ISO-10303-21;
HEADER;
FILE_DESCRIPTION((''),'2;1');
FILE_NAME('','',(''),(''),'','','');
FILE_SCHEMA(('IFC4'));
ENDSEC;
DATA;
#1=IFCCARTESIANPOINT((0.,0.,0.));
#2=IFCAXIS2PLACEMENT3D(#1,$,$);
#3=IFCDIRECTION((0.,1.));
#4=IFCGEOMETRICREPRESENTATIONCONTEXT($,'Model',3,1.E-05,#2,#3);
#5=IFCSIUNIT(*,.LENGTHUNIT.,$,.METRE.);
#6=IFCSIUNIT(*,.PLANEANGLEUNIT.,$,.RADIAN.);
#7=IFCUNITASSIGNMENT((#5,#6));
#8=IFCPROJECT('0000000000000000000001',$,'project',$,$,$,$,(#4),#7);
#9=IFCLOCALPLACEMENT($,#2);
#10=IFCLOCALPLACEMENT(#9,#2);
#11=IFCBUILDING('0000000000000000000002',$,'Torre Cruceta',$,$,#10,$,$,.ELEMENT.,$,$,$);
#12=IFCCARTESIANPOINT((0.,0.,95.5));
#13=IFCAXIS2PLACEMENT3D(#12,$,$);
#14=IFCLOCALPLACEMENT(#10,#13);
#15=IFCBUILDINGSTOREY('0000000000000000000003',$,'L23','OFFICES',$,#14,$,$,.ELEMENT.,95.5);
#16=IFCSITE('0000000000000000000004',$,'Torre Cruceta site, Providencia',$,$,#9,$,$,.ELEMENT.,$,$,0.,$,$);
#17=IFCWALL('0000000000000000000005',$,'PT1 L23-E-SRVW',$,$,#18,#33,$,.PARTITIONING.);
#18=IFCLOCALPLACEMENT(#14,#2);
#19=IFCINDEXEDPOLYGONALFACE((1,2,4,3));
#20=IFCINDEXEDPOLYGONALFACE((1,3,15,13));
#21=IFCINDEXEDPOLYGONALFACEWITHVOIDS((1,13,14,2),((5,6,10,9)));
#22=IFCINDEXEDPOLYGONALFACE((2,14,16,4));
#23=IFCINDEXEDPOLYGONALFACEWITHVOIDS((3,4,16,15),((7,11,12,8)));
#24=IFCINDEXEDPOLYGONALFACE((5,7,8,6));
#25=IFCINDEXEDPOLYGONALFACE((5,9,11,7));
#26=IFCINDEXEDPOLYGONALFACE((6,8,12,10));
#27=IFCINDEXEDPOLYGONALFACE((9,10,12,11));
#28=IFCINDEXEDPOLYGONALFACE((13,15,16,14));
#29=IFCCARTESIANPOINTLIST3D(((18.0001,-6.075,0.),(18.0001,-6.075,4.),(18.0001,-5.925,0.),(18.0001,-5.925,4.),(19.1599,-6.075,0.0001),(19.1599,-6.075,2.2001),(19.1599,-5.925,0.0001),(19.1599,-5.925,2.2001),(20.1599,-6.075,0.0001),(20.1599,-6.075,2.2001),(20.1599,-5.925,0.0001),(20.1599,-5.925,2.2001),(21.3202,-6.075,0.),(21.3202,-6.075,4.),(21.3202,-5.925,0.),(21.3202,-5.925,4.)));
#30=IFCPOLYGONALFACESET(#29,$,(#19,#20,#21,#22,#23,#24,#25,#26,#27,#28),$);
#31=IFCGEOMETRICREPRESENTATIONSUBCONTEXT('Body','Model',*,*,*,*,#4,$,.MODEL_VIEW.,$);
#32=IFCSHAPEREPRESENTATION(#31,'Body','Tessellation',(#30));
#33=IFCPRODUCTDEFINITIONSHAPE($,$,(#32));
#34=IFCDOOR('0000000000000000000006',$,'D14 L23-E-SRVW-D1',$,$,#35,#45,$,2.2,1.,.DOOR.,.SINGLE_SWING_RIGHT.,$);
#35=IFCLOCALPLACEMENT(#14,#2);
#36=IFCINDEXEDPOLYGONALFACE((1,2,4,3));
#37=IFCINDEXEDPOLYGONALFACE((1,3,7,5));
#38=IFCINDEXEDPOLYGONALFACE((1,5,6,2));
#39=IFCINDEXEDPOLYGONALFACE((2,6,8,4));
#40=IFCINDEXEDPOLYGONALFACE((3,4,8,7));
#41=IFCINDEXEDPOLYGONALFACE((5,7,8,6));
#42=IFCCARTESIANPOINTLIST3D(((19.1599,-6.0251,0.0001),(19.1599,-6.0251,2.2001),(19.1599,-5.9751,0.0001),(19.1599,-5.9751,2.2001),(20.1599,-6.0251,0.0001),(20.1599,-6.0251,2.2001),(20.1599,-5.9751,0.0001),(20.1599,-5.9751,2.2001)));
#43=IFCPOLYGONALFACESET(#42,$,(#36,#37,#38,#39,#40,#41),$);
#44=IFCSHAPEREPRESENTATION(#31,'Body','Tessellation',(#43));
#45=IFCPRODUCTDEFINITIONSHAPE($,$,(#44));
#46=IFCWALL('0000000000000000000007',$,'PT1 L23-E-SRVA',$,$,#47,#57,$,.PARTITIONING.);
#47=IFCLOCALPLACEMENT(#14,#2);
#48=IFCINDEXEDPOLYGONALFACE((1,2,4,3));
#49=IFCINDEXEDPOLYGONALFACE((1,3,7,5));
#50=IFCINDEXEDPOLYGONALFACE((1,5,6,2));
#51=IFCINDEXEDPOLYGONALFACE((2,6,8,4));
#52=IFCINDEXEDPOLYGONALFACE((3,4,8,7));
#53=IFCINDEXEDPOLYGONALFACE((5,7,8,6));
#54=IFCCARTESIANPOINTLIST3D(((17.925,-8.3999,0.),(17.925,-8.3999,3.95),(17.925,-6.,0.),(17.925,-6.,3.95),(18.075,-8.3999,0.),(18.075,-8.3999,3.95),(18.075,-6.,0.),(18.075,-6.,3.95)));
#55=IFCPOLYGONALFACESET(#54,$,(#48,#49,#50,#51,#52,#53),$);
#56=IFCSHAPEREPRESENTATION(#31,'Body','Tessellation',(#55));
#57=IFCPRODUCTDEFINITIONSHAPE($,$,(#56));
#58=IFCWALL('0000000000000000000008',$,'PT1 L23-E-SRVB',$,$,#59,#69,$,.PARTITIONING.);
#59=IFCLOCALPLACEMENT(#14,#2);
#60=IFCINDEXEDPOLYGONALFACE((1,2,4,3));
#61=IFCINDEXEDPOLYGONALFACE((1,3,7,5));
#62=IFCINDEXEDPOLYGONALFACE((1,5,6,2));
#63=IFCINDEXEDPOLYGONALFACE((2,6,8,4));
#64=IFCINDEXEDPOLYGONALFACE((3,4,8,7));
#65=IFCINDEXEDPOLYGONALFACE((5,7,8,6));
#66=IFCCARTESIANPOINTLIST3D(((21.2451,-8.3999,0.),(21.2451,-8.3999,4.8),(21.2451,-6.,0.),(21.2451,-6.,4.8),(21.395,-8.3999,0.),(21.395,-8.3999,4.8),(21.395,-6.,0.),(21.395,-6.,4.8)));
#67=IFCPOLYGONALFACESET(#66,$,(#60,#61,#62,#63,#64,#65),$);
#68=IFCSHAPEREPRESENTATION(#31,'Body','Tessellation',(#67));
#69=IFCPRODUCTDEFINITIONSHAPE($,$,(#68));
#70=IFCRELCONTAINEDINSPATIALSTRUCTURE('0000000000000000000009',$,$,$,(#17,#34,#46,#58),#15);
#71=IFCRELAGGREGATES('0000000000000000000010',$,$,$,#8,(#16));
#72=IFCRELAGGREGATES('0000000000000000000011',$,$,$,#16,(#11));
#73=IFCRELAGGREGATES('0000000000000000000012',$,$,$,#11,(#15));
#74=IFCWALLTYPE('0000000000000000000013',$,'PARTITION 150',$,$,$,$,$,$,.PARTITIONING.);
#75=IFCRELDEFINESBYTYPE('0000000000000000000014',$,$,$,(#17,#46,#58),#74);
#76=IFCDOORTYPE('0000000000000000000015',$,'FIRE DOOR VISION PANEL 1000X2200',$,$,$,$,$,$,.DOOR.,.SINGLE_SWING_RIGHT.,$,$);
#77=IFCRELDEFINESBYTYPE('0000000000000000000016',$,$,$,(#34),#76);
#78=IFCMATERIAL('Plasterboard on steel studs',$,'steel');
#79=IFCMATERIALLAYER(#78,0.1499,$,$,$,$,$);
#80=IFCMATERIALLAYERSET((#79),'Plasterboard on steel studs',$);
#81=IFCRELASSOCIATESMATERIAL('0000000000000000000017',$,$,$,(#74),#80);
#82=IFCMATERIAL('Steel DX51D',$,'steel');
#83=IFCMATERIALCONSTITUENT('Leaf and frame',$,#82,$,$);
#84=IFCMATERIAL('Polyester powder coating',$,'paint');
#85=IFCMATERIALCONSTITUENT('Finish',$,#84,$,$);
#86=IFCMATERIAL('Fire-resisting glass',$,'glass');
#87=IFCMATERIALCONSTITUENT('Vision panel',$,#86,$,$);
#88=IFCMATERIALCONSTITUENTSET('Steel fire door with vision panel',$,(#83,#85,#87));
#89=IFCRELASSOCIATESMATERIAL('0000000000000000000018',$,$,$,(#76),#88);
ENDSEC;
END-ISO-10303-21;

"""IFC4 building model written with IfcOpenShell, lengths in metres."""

from ifc_helpers import new_model, si_unit, direction, frame, frame_2d, origin, place, context, subcontext, project, spatial, rectangle, extrude, material, layer, layer_set, constituent, constituent_set, type_object, element, fill, save


model = new_model("IFC4")

# Units and contexts
model_context = context("Model", 3, precision=1e-05, world=origin(), true_north=direction((0.0, 1.0)))
body_context = subcontext(model_context, "Body", "Model", "MODEL_VIEW")
ifc_project = project(units=[si_unit("LENGTHUNIT", "METRE"), si_unit("PLANEANGLEUNIT", "RADIAN")], contexts=[model_context])

# Site, building, storey
site_placement = place(None, origin())
site = spatial("IfcSite", under=ifc_project, at=site_placement, Name="Torre Cruceta site, Providencia", CompositionType="ELEMENT", RefElevation=0.0)
building_placement = place(site_placement, origin())
building = spatial("IfcBuilding", under=site, at=building_placement, Name="Torre Cruceta", CompositionType="ELEMENT")
storey_placement = place(building_placement, frame((0.0, 0.0, 95.5)))
storey = spatial("IfcBuildingStorey", under=building, at=storey_placement, Name="L23", Description="OFFICES", CompositionType="ELEMENT", Elevation=95.5)

# Wall, opening, door
ifc_material_1 = material(Name="Plasterboard on steel studs", Category="steel")
ifc_layer_1 = layer(ifc_material_1, 0.1499)
ifc_layer_set_1 = layer_set([ifc_layer_1], Name="Plasterboard on steel studs")
wall_type_1 = type_object("IfcWallType", Name="PARTITION 150", PredefinedType="PARTITIONING", material=ifc_layer_set_1)
wall_1_placement = place(storey_placement, frame((18.0, -6.0, 0.0), z_axis=(0.0, 0.0, 1.0), x_axis=(1.0, 0.0, 0.0)))
wall_1 = element("IfcWall", 1, at=wall_1_placement, inside=storey, type_object=wall_type_1, Name="PT1 L23-E-SRVW", PredefinedType="PARTITIONING", context=body_context, shape_type="SweptSolid", body=[
    extrude(rectangle(XDim=3.3201, YDim=0.1499, at=frame_2d((1.6602, 0.0))), origin(), (0.0, 0.0, 1.0), 4.0),
])
opening_1_placement = place(wall_1_placement, frame((1.1599, 0.0, 0.0)))
opening_1 = element("IfcOpeningElement", 2, at=opening_1_placement, cuts=wall_1, PredefinedType="OPENING", context=body_context, shape_type="SweptSolid", body=[
    extrude(rectangle(XDim=1.0, YDim=2.2, at=frame_2d((0.5, 1.1001))), frame((0.0, 0.085, 0.0), z_axis=(0.0, -1.0, 0.0), x_axis=(1.0, 0.0, 0.0)), (0.0, 0.0, 1.0), 0.1699),
])
ifc_material_2 = material(Name="Steel DX51D", Category="steel")
ifc_constituent_1 = constituent(ifc_material_2, Name="Leaf and frame")
ifc_material_3 = material(Name="Polyester powder coating", Category="paint")
ifc_constituent_2 = constituent(ifc_material_3, Name="Finish")
ifc_material_4 = material(Name="Fire-resisting glass", Category="glass")
ifc_constituent_3 = constituent(ifc_material_4, Name="Vision panel")
ifc_constituent_set_1 = constituent_set(constituents=[ifc_constituent_1, ifc_constituent_2, ifc_constituent_3], Name="Steel fire door with vision panel")
door_type = type_object("IfcDoorType", Name="FIRE DOOR VISION PANEL 1000X2200", OperationType="SINGLE_SWING_RIGHT", PredefinedType="DOOR", material=ifc_constituent_set_1)
door_placement = place(opening_1_placement, frame((1.0, 0.0, 0.0), z_axis=(0.0, 0.0, 1.0), x_axis=(-1.0, 0.0, 0.0)))
door = element("IfcDoor", 3, at=door_placement, inside=storey, type_object=door_type, Name="D14 L23-E-SRVW-D1", OperationType="SINGLE_SWING_RIGHT", OverallHeight=2.2, OverallWidth=1.0, PredefinedType="DOOR", context=body_context, shape_type="SweptSolid", body=[
    extrude(rectangle(XDim=1.0, YDim=2.2, at=frame_2d((0.5, 1.1001))), frame((0.0, 0.0251, 0.0), z_axis=(0.0, -1.0, 0.0), x_axis=(1.0, 0.0, 0.0)), (0.0, 0.0, 1.0), 0.05),
])
fill(opening_1, door)

# Walls
wall_2_placement = place(storey_placement, frame((18.0, -8.3999, 0.0), z_axis=(0.0, 0.0, 1.0), x_axis=(0.0, 1.0, 0.0)))
element("IfcWall", 4, at=wall_2_placement, inside=storey, type_object=wall_type_1, Name="PT1 L23-E-SRVA", PredefinedType="PARTITIONING", context=body_context, shape_type="SweptSolid", body=[
    extrude(rectangle(XDim=2.3999, YDim=0.1499, at=frame_2d((1.2, 0.0))), origin(), (0.0, 0.0, 1.0), 3.95),
])
wall_3_placement = place(storey_placement, frame((21.3201, -8.3999, 0.0), z_axis=(0.0, 0.0, 1.0), x_axis=(0.0, 1.0, 0.0)))
element("IfcWall", 5, at=wall_3_placement, inside=storey, type_object=wall_type_1, Name="PT1 L23-E-SRVB", PredefinedType="PARTITIONING", context=body_context, shape_type="SweptSolid", body=[
    extrude(rectangle(XDim=2.3999, YDim=0.1499, at=frame_2d((1.2, 0.0))), origin(), (0.0, 0.0, 1.0), 4.8),
])

save(model, "model.ifc")
